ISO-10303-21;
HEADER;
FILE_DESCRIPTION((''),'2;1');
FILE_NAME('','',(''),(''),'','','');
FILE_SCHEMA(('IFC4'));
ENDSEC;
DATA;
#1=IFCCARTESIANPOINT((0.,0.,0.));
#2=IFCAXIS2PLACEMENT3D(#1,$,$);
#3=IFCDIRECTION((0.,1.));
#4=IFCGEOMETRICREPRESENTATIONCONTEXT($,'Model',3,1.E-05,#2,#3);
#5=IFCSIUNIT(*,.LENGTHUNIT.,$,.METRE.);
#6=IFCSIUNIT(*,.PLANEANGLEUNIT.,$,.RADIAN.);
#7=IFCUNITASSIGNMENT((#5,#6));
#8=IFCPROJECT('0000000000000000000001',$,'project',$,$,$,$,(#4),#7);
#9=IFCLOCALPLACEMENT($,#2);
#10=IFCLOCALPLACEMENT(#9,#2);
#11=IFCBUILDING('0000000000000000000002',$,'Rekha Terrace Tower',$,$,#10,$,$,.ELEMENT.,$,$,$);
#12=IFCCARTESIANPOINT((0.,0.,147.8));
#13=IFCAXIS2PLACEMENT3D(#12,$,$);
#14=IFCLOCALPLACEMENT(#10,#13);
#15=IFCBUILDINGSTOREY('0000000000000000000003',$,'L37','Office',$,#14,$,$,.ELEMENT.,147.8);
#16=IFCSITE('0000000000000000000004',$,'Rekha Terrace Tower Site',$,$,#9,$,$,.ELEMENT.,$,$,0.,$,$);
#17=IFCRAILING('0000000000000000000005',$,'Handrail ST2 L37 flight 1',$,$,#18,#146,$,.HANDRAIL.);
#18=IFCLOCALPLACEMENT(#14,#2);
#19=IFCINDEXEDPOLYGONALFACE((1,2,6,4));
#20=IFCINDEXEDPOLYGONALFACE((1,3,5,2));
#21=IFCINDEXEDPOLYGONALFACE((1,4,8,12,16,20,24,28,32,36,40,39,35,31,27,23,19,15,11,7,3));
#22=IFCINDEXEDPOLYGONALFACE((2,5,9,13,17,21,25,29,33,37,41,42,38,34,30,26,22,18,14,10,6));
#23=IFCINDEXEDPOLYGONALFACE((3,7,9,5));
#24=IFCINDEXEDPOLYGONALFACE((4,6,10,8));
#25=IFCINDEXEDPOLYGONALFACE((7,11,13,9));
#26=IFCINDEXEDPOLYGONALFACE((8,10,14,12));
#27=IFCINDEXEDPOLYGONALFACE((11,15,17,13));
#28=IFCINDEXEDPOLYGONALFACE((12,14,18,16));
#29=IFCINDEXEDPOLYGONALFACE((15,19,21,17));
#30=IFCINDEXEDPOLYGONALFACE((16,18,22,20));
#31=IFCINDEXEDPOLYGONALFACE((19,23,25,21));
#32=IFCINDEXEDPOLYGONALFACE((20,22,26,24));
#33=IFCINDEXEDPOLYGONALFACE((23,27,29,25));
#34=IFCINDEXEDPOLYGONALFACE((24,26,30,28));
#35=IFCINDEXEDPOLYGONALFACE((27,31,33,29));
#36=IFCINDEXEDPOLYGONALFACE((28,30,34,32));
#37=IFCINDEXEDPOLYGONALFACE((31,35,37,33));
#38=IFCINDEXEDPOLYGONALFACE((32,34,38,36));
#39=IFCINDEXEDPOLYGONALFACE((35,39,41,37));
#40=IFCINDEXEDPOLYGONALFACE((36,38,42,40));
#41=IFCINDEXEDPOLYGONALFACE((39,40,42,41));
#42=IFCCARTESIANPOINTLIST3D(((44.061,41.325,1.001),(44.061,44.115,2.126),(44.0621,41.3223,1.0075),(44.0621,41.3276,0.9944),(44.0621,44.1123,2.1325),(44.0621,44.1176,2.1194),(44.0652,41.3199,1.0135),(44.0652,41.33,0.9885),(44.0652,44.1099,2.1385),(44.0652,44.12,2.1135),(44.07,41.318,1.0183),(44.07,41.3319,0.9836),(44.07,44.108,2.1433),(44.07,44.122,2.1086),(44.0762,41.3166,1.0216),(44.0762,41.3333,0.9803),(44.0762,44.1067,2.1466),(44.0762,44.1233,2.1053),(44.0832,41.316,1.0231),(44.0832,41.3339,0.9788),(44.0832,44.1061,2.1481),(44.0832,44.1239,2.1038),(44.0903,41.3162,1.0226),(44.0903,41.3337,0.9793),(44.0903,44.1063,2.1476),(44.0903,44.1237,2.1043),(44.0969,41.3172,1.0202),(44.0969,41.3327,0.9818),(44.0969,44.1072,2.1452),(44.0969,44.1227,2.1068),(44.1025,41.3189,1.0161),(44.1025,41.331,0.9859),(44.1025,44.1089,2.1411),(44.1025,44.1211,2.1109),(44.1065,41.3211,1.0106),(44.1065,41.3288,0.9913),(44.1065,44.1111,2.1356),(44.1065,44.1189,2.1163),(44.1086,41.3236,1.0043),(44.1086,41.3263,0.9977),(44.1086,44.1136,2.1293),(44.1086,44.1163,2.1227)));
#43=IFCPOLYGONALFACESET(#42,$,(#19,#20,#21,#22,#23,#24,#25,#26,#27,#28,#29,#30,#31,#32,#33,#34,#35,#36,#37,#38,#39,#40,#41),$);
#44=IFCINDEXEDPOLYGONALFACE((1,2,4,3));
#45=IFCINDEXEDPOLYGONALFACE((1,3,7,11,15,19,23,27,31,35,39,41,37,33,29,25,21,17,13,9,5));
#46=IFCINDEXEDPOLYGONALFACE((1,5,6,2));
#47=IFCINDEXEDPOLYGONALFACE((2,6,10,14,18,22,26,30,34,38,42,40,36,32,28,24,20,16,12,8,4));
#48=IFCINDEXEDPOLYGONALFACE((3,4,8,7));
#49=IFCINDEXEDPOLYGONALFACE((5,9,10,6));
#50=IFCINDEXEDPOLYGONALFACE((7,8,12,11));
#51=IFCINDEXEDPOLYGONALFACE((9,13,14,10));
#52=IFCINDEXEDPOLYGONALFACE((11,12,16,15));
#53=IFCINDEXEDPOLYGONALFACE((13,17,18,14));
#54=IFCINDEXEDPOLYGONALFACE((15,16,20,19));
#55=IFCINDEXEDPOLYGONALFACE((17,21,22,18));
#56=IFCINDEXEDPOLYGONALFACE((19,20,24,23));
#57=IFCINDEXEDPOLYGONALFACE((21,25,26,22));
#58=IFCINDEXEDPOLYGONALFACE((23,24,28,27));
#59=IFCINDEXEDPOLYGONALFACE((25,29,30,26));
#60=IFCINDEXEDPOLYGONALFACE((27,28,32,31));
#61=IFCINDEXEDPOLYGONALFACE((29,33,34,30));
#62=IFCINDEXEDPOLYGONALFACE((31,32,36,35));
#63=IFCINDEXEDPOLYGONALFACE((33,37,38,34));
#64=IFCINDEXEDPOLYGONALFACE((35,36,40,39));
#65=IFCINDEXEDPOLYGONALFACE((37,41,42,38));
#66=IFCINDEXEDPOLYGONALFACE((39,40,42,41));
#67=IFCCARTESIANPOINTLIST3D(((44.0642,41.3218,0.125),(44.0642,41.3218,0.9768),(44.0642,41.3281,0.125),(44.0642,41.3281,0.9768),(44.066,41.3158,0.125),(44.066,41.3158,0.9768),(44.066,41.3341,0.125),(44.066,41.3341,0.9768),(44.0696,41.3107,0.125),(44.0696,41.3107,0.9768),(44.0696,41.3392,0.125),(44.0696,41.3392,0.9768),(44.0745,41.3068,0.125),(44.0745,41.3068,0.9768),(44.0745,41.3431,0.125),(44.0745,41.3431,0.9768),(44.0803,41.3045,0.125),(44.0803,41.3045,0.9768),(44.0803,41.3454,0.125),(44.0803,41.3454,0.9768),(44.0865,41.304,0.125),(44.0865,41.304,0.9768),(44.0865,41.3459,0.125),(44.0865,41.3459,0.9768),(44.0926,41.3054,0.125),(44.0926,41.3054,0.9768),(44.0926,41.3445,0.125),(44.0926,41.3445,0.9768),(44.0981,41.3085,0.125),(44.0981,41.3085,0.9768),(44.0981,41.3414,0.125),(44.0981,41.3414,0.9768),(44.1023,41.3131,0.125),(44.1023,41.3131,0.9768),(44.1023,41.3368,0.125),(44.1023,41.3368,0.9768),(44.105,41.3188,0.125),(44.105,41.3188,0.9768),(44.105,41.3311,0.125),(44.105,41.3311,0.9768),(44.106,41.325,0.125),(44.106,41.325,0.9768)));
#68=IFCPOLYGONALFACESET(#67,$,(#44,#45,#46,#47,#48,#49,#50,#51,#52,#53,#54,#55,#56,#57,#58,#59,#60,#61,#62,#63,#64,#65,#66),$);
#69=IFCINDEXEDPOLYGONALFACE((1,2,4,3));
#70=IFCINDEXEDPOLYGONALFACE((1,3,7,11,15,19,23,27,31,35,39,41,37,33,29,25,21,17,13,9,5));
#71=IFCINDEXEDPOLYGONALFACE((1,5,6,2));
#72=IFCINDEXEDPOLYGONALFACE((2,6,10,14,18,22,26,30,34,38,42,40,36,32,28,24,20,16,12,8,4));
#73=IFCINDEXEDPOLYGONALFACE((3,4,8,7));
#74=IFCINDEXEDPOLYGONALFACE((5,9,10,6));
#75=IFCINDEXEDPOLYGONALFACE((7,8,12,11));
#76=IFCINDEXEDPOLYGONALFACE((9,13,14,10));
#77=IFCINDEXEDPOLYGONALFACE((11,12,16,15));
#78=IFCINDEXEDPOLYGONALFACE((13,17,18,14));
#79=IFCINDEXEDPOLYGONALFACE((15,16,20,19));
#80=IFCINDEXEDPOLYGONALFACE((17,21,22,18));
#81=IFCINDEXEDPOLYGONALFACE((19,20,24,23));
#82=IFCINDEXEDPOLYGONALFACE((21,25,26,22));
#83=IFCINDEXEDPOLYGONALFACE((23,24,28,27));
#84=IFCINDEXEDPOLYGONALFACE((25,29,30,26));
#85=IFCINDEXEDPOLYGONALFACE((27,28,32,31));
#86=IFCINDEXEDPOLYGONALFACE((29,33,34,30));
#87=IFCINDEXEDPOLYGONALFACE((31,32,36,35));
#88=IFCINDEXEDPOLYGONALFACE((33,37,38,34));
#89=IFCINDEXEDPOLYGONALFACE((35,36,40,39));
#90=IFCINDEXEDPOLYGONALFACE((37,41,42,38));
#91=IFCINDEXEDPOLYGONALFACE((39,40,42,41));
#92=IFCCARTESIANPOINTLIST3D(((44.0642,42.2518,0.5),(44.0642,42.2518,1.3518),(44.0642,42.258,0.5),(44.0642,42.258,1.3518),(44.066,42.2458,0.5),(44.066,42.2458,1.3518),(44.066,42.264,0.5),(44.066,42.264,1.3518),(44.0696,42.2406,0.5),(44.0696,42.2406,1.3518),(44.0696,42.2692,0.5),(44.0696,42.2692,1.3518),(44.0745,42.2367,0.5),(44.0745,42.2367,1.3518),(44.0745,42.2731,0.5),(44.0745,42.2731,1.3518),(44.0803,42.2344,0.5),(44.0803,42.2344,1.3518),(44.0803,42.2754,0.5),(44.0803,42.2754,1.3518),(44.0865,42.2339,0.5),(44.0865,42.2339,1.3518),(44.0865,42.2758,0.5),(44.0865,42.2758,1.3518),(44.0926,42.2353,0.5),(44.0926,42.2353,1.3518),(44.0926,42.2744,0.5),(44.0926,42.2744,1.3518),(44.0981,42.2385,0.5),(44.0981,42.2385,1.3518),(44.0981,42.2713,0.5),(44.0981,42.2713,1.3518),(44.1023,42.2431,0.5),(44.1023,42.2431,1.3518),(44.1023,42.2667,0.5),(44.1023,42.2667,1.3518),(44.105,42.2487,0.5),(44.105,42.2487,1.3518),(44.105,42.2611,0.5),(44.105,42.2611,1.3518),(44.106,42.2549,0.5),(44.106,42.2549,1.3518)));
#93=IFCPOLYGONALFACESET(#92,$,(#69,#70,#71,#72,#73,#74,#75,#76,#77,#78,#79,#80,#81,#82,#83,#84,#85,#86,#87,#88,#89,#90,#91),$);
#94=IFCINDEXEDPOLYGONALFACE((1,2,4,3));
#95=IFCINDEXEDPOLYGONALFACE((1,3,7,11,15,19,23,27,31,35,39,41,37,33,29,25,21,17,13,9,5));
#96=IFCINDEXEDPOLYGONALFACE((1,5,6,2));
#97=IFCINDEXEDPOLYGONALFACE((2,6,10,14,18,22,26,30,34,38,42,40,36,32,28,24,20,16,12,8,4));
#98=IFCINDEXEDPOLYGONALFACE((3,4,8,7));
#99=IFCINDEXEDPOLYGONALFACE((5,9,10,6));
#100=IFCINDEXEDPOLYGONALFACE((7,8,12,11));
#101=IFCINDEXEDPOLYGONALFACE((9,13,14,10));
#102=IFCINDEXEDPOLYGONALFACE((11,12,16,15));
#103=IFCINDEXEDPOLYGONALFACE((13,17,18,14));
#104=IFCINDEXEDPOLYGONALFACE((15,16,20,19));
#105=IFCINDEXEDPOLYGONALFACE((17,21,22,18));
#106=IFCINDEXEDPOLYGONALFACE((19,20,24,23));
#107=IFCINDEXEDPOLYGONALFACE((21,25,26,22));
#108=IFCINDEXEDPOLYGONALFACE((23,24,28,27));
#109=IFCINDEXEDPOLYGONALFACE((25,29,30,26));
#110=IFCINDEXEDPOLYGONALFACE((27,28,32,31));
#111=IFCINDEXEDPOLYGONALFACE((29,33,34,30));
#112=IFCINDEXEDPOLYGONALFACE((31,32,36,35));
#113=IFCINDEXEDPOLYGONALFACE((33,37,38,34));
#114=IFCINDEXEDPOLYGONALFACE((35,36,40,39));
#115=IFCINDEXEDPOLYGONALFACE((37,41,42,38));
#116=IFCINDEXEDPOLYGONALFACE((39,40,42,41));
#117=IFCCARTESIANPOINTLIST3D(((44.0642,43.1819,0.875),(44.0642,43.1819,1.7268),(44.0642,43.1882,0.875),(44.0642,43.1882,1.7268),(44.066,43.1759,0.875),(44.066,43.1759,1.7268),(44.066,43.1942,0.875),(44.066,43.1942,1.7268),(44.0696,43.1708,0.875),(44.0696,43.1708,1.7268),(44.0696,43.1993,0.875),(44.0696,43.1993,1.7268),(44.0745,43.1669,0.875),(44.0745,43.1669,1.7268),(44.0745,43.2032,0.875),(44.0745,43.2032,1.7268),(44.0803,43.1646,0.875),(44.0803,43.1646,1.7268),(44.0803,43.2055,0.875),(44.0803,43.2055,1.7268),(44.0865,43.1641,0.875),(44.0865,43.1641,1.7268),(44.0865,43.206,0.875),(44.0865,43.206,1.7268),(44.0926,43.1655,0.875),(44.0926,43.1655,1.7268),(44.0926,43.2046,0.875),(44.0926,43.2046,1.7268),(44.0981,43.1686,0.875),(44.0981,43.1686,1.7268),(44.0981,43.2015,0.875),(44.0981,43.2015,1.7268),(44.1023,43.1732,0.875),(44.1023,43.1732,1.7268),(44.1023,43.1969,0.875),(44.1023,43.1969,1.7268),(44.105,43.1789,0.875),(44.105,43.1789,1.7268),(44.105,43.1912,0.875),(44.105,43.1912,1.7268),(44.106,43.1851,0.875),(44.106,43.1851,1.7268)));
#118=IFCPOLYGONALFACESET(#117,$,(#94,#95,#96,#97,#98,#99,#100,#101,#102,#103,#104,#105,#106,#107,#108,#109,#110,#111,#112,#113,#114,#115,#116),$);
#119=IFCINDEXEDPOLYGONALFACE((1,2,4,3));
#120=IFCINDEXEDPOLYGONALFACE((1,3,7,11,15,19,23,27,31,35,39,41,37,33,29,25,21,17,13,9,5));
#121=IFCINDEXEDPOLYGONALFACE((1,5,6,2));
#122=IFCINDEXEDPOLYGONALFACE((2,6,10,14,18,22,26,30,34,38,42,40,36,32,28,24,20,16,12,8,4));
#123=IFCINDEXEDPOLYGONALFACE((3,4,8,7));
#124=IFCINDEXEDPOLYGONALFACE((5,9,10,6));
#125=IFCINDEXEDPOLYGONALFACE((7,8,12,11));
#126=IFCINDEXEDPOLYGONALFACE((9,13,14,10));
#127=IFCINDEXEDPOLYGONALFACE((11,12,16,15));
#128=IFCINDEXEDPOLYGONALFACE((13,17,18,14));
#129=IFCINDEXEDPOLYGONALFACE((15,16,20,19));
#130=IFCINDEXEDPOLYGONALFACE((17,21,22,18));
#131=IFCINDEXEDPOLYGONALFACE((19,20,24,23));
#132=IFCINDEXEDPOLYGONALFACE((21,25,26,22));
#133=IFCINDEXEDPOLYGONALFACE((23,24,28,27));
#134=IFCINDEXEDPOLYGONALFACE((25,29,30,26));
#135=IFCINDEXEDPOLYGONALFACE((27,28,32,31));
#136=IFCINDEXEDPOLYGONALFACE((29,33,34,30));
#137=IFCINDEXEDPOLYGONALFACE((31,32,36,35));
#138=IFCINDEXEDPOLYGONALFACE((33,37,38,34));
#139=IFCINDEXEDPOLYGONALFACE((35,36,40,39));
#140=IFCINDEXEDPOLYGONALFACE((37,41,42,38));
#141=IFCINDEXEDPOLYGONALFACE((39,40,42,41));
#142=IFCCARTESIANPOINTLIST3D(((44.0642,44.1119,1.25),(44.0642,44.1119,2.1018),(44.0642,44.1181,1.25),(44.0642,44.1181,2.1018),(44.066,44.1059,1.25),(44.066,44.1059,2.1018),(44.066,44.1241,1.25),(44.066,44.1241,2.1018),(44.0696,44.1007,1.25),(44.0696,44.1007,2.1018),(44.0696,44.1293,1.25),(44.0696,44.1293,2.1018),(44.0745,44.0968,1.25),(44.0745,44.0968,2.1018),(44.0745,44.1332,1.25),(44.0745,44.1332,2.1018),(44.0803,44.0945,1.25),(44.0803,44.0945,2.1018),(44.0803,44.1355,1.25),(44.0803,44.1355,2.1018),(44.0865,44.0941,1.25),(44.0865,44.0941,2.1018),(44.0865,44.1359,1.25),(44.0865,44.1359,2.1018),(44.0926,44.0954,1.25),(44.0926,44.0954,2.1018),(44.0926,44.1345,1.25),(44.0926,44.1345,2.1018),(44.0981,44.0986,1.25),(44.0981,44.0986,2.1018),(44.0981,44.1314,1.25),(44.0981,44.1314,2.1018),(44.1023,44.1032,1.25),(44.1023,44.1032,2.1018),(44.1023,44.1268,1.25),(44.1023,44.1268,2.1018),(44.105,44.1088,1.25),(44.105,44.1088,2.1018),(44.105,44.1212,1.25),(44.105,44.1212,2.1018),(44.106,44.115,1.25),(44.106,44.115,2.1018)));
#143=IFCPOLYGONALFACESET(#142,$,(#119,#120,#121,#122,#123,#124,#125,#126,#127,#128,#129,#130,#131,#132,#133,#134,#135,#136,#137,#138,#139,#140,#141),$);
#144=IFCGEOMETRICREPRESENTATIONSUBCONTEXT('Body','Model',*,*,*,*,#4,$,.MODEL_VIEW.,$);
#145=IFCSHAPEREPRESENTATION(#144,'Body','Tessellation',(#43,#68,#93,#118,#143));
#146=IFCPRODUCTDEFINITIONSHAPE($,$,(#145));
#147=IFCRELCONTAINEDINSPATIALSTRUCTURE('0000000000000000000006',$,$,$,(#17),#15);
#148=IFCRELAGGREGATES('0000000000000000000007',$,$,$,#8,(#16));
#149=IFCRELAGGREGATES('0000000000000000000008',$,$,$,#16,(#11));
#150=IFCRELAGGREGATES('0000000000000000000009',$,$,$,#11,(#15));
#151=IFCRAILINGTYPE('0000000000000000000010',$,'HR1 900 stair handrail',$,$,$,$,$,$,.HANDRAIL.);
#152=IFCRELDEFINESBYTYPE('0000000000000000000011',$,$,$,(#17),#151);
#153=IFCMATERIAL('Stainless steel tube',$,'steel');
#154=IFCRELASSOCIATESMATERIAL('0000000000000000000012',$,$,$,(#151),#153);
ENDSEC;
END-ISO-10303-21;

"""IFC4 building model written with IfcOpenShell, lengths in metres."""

from ifc_helpers import new_model, si_unit, direction, frame, origin, origin_2d, place, context, subcontext, project, spatial, circle, extrude, material, type_object, element, save


model = new_model("IFC4")

# Units and contexts
model_context = context("Model", 3, precision=1e-05, world=origin(), true_north=direction((0.0, 1.0)))
body_context = subcontext(model_context, "Body", "Model", "MODEL_VIEW")
ifc_project = project(units=[si_unit("LENGTHUNIT", "METRE"), si_unit("PLANEANGLEUNIT", "RADIAN")], contexts=[model_context])

# Site, building, storey
site_placement = place(None, origin())
site = spatial("IfcSite", under=ifc_project, at=site_placement, Name="Rekha Terrace Tower Site", CompositionType="ELEMENT", RefElevation=0.0)
building_placement = place(site_placement, origin())
building = spatial("IfcBuilding", under=site, at=building_placement, Name="Rekha Terrace Tower", CompositionType="ELEMENT")
storey_placement = place(building_placement, frame((0.0, 0.0, 147.8)))
storey = spatial("IfcBuildingStorey", under=building, at=storey_placement, Name="L37", Description="Office", CompositionType="ELEMENT", Elevation=147.8)

# Railing
ifc_material_1 = material(Name="Stainless steel tube", Category="steel")
railing_type_1 = type_object("IfcRailingType", Name="HR1 900 stair handrail", PredefinedType="HANDRAIL", material=ifc_material_1)
railing_1_placement = place(storey_placement, frame((44.085, 41.325, 0.125)))
element("IfcRailing", 1, at=railing_1_placement, inside=storey, type_object=railing_type_1, Name="Handrail ST2 L37 flight 1", PredefinedType="HANDRAIL", context=body_context, shape_type="SweptSolid", body=[
    extrude(circle(Radius=0.0239, at=origin_2d()), frame((0.0, 0.0, 0.876), z_axis=(0.0, 0.927443, 0.373964), x_axis=(-1.0, 0.0, 0.0)), (0.0, 0.0, 1.0), 3.0083),
    extrude(circle(Radius=0.021, at=origin_2d()), origin(), (0.0, 0.0, 1.0), 0.8518),
    extrude(circle(Radius=0.021, at=origin_2d()), frame((0.0, 0.9299, 0.375)), (0.0, 0.0, 1.0), 0.8518),
    extrude(circle(Radius=0.021, at=origin_2d()), frame((0.0, 1.8601, 0.75)), (0.0, 0.0, 1.0), 0.8518),
    extrude(circle(Radius=0.021, at=origin_2d()), frame((0.0, 2.79, 1.125)), (0.0, 0.0, 1.0), 0.8518),
])

save(model, "model.ifc")
